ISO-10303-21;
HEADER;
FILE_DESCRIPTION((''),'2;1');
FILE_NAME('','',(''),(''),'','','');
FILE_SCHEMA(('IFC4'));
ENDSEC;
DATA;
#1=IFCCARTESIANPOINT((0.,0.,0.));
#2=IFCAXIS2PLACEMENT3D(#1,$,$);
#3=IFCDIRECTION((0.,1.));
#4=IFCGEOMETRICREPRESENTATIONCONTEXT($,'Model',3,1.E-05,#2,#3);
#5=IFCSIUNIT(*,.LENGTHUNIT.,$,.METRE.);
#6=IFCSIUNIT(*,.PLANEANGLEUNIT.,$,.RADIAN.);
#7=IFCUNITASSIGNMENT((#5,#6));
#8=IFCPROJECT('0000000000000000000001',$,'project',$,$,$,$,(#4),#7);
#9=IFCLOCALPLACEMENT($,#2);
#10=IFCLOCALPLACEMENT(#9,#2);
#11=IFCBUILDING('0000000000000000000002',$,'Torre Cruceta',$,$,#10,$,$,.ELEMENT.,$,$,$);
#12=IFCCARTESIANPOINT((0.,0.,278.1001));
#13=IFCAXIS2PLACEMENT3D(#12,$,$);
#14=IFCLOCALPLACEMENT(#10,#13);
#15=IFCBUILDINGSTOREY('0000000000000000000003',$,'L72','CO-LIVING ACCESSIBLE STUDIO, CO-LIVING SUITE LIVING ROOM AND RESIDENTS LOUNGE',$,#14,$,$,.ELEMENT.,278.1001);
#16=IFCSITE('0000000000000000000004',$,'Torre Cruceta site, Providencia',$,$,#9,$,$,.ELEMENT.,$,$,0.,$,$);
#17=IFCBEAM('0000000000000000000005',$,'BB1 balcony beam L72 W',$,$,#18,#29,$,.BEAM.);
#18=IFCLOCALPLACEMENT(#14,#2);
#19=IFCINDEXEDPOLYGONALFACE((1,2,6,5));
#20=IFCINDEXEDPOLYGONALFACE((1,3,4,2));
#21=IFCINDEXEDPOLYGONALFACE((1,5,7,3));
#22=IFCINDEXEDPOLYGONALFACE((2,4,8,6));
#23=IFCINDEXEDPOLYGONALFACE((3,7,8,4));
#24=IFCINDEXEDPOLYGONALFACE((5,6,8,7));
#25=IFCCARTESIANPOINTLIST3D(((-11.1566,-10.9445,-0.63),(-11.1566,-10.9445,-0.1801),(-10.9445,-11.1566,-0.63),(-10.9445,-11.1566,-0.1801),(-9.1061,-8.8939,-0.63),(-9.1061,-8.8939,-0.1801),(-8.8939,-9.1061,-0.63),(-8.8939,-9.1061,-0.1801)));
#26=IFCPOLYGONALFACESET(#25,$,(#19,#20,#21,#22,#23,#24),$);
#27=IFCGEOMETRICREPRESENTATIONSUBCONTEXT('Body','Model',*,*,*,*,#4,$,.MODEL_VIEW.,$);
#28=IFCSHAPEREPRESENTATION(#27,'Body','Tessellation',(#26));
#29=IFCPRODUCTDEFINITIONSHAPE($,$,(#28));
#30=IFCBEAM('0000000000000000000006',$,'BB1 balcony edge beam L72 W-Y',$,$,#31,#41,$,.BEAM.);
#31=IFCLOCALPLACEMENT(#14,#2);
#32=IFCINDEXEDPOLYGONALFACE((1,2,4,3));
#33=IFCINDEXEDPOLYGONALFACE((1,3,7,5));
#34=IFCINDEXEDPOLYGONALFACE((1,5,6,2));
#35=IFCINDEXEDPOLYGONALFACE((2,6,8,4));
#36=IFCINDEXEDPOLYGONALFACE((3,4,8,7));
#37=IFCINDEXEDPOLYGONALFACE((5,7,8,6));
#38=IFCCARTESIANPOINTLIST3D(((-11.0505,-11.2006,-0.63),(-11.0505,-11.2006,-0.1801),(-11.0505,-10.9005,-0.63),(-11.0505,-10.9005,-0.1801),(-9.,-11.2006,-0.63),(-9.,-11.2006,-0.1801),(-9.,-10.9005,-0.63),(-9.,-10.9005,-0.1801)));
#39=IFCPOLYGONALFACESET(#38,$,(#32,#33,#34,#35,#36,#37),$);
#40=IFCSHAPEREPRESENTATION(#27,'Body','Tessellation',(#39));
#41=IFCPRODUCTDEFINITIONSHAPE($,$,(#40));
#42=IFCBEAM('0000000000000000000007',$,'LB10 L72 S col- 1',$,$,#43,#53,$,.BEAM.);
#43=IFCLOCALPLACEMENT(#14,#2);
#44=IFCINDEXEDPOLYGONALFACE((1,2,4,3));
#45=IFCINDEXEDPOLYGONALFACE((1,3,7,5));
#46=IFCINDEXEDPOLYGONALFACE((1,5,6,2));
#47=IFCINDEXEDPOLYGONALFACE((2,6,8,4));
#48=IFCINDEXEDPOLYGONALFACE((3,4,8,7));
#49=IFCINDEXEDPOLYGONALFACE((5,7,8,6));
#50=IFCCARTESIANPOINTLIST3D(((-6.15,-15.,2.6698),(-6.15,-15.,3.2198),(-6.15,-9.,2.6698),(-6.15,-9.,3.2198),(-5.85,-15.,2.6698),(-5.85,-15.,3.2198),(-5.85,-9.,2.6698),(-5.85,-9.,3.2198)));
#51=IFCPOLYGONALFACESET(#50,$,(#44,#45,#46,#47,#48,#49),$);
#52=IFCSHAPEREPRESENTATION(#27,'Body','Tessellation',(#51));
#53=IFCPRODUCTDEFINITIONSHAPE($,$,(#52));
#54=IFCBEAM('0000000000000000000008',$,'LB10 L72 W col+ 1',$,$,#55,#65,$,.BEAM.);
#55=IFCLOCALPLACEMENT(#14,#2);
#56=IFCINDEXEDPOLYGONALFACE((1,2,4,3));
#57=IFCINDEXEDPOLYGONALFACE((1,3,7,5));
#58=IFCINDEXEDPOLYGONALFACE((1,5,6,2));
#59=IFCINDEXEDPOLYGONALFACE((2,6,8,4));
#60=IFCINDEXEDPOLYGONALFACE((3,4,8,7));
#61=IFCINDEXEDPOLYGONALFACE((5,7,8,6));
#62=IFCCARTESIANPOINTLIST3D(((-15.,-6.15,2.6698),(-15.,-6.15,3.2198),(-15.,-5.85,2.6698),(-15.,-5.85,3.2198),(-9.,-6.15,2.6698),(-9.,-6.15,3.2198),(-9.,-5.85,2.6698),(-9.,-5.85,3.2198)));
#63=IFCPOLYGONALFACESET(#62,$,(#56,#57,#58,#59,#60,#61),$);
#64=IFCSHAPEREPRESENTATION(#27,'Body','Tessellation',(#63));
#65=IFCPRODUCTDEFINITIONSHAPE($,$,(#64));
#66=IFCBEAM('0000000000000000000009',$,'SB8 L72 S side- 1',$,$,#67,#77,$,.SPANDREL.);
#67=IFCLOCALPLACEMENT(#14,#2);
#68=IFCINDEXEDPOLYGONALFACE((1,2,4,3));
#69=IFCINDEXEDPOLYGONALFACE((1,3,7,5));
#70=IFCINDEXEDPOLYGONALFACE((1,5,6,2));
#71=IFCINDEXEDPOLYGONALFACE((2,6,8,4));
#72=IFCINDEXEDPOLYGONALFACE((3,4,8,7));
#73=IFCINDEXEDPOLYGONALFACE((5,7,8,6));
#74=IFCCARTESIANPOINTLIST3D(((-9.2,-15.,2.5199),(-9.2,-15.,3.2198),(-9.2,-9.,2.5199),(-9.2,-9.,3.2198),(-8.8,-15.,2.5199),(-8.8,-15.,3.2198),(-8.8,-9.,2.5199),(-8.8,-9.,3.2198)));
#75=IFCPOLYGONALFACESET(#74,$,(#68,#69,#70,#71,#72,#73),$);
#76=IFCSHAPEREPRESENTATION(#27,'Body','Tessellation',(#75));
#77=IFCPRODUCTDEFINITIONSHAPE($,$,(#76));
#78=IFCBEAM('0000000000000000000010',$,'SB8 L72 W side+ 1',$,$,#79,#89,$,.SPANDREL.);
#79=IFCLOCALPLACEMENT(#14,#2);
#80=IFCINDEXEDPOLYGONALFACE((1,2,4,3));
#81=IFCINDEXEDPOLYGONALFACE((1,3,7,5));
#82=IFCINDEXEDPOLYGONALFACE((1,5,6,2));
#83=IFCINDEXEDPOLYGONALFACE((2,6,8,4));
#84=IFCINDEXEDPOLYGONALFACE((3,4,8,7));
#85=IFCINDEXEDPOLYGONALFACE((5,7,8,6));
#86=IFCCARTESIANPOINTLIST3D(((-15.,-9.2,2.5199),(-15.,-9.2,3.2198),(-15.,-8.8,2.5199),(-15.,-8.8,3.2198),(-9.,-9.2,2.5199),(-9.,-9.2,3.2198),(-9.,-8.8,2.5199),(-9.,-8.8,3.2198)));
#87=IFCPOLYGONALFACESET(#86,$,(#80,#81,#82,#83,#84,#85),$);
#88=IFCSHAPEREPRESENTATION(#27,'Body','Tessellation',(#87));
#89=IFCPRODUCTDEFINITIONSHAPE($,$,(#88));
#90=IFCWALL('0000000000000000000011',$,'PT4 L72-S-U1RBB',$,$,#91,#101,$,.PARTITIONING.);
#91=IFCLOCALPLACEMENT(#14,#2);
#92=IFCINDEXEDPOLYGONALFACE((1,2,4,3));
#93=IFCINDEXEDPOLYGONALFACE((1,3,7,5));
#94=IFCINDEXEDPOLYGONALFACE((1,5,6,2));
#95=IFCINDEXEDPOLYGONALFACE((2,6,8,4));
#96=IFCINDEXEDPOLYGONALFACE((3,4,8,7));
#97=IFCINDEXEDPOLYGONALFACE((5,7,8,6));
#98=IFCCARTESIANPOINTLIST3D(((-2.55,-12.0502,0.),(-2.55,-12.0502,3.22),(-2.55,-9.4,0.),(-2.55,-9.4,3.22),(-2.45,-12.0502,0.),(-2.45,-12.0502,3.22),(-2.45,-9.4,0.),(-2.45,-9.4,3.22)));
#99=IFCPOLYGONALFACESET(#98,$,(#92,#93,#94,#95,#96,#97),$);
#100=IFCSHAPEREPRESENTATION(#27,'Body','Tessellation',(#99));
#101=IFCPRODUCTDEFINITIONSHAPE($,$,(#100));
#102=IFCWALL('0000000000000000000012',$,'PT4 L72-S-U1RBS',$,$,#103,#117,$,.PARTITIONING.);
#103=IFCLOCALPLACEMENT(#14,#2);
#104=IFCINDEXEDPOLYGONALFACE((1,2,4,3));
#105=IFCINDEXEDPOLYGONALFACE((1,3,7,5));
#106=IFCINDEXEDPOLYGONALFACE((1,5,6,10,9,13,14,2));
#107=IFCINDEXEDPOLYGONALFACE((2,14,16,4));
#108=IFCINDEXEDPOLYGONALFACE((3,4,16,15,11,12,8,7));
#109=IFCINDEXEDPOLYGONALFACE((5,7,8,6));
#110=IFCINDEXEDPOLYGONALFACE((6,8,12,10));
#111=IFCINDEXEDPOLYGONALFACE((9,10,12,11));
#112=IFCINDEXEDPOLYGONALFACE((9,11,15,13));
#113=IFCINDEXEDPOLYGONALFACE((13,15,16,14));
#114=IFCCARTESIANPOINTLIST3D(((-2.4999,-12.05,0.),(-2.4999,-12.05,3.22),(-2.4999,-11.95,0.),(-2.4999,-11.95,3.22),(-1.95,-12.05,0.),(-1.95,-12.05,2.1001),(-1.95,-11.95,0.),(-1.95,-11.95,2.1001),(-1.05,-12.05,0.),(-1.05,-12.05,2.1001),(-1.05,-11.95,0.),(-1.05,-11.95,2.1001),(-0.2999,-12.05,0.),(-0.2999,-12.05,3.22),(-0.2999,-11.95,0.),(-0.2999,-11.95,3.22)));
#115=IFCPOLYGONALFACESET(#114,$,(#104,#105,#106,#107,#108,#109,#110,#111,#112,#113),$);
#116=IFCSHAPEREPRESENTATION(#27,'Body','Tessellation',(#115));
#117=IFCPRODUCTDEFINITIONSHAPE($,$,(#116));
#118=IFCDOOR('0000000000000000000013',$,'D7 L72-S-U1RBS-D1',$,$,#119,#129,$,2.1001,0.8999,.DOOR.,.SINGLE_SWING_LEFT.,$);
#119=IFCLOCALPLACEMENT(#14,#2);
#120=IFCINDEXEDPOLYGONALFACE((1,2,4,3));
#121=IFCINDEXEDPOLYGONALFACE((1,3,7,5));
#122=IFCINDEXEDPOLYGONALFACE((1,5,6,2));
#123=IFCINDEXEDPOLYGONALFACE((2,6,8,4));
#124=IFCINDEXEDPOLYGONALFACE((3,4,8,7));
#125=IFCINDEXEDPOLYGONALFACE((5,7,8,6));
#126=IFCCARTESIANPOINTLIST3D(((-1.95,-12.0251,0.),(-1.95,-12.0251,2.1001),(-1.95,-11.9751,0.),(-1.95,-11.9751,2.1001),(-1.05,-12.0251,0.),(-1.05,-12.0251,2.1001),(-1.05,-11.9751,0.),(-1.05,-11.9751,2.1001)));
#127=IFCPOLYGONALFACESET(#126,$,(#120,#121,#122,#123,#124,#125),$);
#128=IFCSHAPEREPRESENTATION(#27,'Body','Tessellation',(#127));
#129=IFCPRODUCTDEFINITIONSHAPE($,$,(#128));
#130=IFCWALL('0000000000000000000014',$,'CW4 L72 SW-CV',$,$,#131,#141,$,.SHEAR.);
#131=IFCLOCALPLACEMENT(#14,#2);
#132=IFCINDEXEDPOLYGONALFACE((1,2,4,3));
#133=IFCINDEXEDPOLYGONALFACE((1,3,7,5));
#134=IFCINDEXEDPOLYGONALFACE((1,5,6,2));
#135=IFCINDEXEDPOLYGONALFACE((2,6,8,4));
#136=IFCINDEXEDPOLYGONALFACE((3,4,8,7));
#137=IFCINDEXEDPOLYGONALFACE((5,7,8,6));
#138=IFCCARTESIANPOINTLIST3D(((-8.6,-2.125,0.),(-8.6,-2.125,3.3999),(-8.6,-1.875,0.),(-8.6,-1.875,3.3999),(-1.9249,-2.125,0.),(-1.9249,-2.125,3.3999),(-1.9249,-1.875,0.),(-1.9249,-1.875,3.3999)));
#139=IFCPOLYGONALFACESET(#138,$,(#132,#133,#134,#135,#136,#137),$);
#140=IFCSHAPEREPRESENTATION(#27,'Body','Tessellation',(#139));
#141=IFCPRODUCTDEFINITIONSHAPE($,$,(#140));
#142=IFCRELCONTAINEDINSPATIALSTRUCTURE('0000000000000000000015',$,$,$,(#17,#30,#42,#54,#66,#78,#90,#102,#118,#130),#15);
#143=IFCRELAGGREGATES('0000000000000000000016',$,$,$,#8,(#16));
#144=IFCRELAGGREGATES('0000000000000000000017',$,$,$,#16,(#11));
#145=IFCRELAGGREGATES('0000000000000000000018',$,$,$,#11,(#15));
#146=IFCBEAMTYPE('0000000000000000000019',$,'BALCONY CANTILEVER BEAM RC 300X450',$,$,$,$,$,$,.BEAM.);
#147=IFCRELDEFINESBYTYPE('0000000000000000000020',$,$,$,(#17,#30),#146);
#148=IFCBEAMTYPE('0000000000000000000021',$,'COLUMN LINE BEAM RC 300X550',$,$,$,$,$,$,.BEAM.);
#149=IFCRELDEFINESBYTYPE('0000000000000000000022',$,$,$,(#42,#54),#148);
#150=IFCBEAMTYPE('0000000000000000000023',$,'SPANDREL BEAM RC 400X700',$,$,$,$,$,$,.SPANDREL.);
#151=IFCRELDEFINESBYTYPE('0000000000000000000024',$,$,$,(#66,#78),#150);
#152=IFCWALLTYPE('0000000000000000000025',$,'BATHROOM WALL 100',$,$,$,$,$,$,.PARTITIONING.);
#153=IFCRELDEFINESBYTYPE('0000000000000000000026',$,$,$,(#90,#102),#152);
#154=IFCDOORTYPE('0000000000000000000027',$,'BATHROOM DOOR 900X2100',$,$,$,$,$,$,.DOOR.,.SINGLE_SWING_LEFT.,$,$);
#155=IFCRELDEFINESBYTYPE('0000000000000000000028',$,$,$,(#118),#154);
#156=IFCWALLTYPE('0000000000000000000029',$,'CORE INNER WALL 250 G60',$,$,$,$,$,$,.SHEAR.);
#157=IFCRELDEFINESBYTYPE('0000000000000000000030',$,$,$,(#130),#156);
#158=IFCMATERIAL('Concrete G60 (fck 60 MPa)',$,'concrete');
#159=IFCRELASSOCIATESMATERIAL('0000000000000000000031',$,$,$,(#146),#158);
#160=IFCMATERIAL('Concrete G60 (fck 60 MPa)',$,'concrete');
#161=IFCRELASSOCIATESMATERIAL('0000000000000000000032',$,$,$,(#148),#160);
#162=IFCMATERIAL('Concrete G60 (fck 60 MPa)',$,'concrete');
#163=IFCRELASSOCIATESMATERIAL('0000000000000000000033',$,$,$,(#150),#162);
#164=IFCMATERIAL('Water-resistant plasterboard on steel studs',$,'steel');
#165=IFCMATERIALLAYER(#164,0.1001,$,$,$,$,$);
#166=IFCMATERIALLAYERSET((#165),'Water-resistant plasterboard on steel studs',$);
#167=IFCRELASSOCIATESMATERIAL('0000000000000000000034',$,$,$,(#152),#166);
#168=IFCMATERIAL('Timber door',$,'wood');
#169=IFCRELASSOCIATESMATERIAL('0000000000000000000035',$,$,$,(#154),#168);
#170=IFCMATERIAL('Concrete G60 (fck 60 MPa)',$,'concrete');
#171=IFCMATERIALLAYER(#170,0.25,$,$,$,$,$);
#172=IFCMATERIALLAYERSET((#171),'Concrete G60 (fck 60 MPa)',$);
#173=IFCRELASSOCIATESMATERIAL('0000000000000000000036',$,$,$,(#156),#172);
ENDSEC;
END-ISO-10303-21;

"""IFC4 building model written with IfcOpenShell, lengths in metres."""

from ifc_helpers import new_model, si_unit, direction, frame, frame_2d, origin, origin_2d, place, context, subcontext, project, spatial, rectangle, extrude, material, layer, layer_set, material_profile, profile_set, type_object, element, fill, save


model = new_model("IFC4")

# Units and contexts
model_context = context("Model", 3, precision=1e-05, world=origin(), true_north=direction((0.0, 1.0)))
body_context = subcontext(model_context, "Body", "Model", "MODEL_VIEW")
ifc_project = project(units=[si_unit("LENGTHUNIT", "METRE"), si_unit("PLANEANGLEUNIT", "RADIAN")], contexts=[model_context])

# Site, building, storey
site_placement = place(None, origin())
site = spatial("IfcSite", under=ifc_project, at=site_placement, Name="Torre Cruceta site, Providencia", CompositionType="ELEMENT", RefElevation=0.0)
building_placement = place(site_placement, origin())
building = spatial("IfcBuilding", under=site, at=building_placement, Name="Torre Cruceta", CompositionType="ELEMENT")
storey_placement = place(building_placement, frame((0.0, 0.0, 278.1001)))
storey = spatial("IfcBuildingStorey", under=building, at=storey_placement, Name="L72", Description="CO-LIVING ACCESSIBLE STUDIO, CO-LIVING SUITE LIVING ROOM AND RESIDENTS LOUNGE", CompositionType="ELEMENT", Elevation=278.1001)

# Beams
ifc_material_1 = material(Name="Concrete G60 (fck 60 MPa)", Category="concrete")
ifc_material_profile_1 = material_profile(ifc_material_1, rectangle(XDim=0.3, YDim=0.45, at=origin_2d()), Name="RC 300X450")
ifc_profile_set_1 = profile_set([ifc_material_profile_1], Name="Concrete G60 (fck 60 MPa)")
beam_type_1 = type_object("IfcBeamType", Name="BALCONY CANTILEVER BEAM RC 300X450", PredefinedType="BEAM", material=ifc_profile_set_1)
beam_1_placement = place(storey_placement, frame((-9.0, -9.0, -0.405), z_axis=(-0.707107, -0.707107, 0.0), x_axis=(0.707107, -0.707107, 0.0)))
element("IfcBeam", 1, at=beam_1_placement, inside=storey, type_object=beam_type_1, Name="BB1 balcony beam L72 W", PredefinedType="BEAM", context=body_context, shape_type="SweptSolid", body=[
    extrude(rectangle(XDim=0.3, YDim=0.45, at=origin_2d()), origin(), (0.0, 0.0, 1.0), 2.8999),
])
beam_2_placement = place(storey_placement, frame((-9.0, -11.0505, -0.405), z_axis=(-1.0, 0.0, 0.0), x_axis=(0.0, -1.0, 0.0)))
element("IfcBeam", 2, at=beam_2_placement, inside=storey, type_object=beam_type_1, Name="BB1 balcony edge beam L72 W-Y", PredefinedType="BEAM", context=body_context, shape_type="SweptSolid", body=[
    extrude(rectangle(XDim=0.3, YDim=0.45, at=origin_2d()), origin(), (0.0, 0.0, 1.0), 2.0505),
])
ifc_material_2 = material(Name="Concrete G60 (fck 60 MPa)", Category="concrete")
ifc_material_profile_2 = material_profile(ifc_material_2, rectangle(XDim=0.3, YDim=0.55, at=origin_2d()), Name="RC 300X550")
ifc_profile_set_2 = profile_set([ifc_material_profile_2], Name="Concrete G60 (fck 60 MPa)")
beam_type_2 = type_object("IfcBeamType", Name="COLUMN LINE BEAM RC 300X550", PredefinedType="BEAM", material=ifc_profile_set_2)
for number, where, z_axis, x_axis, name in (
    (3, (-6.0, -9.0, 2.9448), (0.0, -1.0, 0.0), (1.0, 0.0, 0.0), "LB10 L72 S col- 1"),
    (4, (-9.0, -6.0, 2.9448), (-1.0, 0.0, 0.0), (0.0, -1.0, 0.0), "LB10 L72 W col+ 1"),
):
    element("IfcBeam", number, at=place(storey_placement, frame(where, z_axis=z_axis, x_axis=x_axis)), inside=storey, type_object=beam_type_2, Name=name, PredefinedType="BEAM", context=body_context, shape_type="SweptSolid", body=[
        extrude(rectangle(XDim=0.3, YDim=0.55, at=origin_2d()), origin(), (0.0, 0.0, 1.0), 6.0),
    ])
ifc_material_3 = material(Name="Concrete G60 (fck 60 MPa)", Category="concrete")
ifc_material_profile_3 = material_profile(ifc_material_3, rectangle(XDim=0.3999, YDim=0.7, at=origin_2d()), Name="RC 400X700")
ifc_profile_set_3 = profile_set([ifc_material_profile_3], Name="Concrete G60 (fck 60 MPa)")
beam_type_3 = type_object("IfcBeamType", Name="SPANDREL BEAM RC 400X700", PredefinedType="SPANDREL", material=ifc_profile_set_3)
for number, where, z_axis, x_axis, name in (
    (5, (-9.0, -9.0, 2.8699), (0.0, -1.0, 0.0), (1.0, 0.0, 0.0), "SB8 L72 S side- 1"),
    (6, (-9.0, -9.0, 2.8699), (-1.0, 0.0, 0.0), (0.0, -1.0, 0.0), "SB8 L72 W side+ 1"),
):
    element("IfcBeam", number, at=place(storey_placement, frame(where, z_axis=z_axis, x_axis=x_axis)), inside=storey, type_object=beam_type_3, Name=name, PredefinedType="SPANDREL", context=body_context, shape_type="SweptSolid", body=[
        extrude(rectangle(XDim=0.3999, YDim=0.7, at=origin_2d()), origin(), (0.0, 0.0, 1.0), 6.0),
    ])

# Wall
ifc_material_4 = material(Name="Water-resistant plasterboard on steel studs", Category="steel")
ifc_layer_1 = layer(ifc_material_4, 0.1001)
ifc_layer_set_1 = layer_set([ifc_layer_1], Name="Water-resistant plasterboard on steel studs")
wall_type_1 = type_object("IfcWallType", Name="BATHROOM WALL 100", PredefinedType="PARTITIONING", material=ifc_layer_set_1)
wall_1_placement = place(storey_placement, frame((-2.5, -9.3999, 0.0), z_axis=(0.0, 0.0, 1.0), x_axis=(0.0, -1.0, 0.0)))
element("IfcWall", 7, at=wall_1_placement, inside=storey, type_object=wall_type_1, Name="PT4 L72-S-U1RBB", PredefinedType="PARTITIONING", context=body_context, shape_type="SweptSolid", body=[
    extrude(rectangle(XDim=2.6501, YDim=0.1001, at=frame_2d((1.3252, 0.0))), origin(), (0.0, 0.0, 1.0), 3.22),
])

# Wall, opening, door
wall_2_placement = place(storey_placement, frame((-2.5, -12.0, 0.0), z_axis=(0.0, 0.0, 1.0), x_axis=(1.0, 0.0, 0.0)))
wall_2 = element("IfcWall", 8, at=wall_2_placement, inside=storey, type_object=wall_type_1, Name="PT4 L72-S-U1RBS", PredefinedType="PARTITIONING", context=body_context, shape_type="SweptSolid", body=[
    extrude(rectangle(XDim=2.2, YDim=0.1001, at=frame_2d((1.1001, 0.0))), origin(), (0.0, 0.0, 1.0), 3.22),
])
opening_1_placement = place(wall_2_placement, frame((0.55, 0.0, 0.0)))
opening_1 = element("IfcOpeningElement", 9, at=opening_1_placement, cuts=wall_2, PredefinedType="OPENING", context=body_context, shape_type="SweptSolid", body=[
    extrude(rectangle(XDim=0.8999, YDim=2.1001, at=frame_2d((0.45, 1.05))), frame((0.0, 0.0601, 0.0), z_axis=(0.0, -1.0, 0.0), x_axis=(1.0, 0.0, 0.0)), (0.0, 0.0, 1.0), 0.1201),
])
ifc_material_5 = material(Name="Timber door", Category="wood")
door_type_1 = type_object("IfcDoorType", Name="BATHROOM DOOR 900X2100", OperationType="SINGLE_SWING_LEFT", PredefinedType="DOOR", material=ifc_material_5)
door_1_placement = place(opening_1_placement, origin())
door_1 = element("IfcDoor", 10, at=door_1_placement, inside=storey, type_object=door_type_1, Name="D7 L72-S-U1RBS-D1", OperationType="SINGLE_SWING_LEFT", OverallHeight=2.1001, OverallWidth=0.8999, PredefinedType="DOOR", context=body_context, shape_type="SweptSolid", body=[
    extrude(rectangle(XDim=0.8999, YDim=2.1001, at=frame_2d((0.45, 1.05))), frame((0.0, 0.0249, 0.0), z_axis=(0.0, -1.0, 0.0), x_axis=(1.0, 0.0, 0.0)), (0.0, 0.0, 1.0), 0.05),
])
fill(opening_1, door_1)
ifc_material_6 = material(Name="Concrete G60 (fck 60 MPa)", Category="concrete")
ifc_layer_2 = layer(ifc_material_6, 0.25)
ifc_layer_set_2 = layer_set([ifc_layer_2], Name="Concrete G60 (fck 60 MPa)")
wall_type_2 = type_object("IfcWallType", Name="CORE INNER WALL 250 G60", PredefinedType="SHEAR", material=ifc_layer_set_2)

# Wall
wall_3_placement = place(storey_placement, frame((-1.925, -2.0, 0.0), z_axis=(0.0, 0.0, 1.0), x_axis=(-1.0, 0.0, 0.0)))
element("IfcWall", 11, at=wall_3_placement, inside=storey, type_object=wall_type_2, Name="CW4 L72 SW-CV", PredefinedType="SHEAR", context=body_context, shape_type="SweptSolid", body=[
    extrude(rectangle(XDim=6.675, YDim=0.25, at=frame_2d((3.3374, 0.0))), origin(), (0.0, 0.0, 1.0), 3.3999),
])

save(model, "model.ifc")
